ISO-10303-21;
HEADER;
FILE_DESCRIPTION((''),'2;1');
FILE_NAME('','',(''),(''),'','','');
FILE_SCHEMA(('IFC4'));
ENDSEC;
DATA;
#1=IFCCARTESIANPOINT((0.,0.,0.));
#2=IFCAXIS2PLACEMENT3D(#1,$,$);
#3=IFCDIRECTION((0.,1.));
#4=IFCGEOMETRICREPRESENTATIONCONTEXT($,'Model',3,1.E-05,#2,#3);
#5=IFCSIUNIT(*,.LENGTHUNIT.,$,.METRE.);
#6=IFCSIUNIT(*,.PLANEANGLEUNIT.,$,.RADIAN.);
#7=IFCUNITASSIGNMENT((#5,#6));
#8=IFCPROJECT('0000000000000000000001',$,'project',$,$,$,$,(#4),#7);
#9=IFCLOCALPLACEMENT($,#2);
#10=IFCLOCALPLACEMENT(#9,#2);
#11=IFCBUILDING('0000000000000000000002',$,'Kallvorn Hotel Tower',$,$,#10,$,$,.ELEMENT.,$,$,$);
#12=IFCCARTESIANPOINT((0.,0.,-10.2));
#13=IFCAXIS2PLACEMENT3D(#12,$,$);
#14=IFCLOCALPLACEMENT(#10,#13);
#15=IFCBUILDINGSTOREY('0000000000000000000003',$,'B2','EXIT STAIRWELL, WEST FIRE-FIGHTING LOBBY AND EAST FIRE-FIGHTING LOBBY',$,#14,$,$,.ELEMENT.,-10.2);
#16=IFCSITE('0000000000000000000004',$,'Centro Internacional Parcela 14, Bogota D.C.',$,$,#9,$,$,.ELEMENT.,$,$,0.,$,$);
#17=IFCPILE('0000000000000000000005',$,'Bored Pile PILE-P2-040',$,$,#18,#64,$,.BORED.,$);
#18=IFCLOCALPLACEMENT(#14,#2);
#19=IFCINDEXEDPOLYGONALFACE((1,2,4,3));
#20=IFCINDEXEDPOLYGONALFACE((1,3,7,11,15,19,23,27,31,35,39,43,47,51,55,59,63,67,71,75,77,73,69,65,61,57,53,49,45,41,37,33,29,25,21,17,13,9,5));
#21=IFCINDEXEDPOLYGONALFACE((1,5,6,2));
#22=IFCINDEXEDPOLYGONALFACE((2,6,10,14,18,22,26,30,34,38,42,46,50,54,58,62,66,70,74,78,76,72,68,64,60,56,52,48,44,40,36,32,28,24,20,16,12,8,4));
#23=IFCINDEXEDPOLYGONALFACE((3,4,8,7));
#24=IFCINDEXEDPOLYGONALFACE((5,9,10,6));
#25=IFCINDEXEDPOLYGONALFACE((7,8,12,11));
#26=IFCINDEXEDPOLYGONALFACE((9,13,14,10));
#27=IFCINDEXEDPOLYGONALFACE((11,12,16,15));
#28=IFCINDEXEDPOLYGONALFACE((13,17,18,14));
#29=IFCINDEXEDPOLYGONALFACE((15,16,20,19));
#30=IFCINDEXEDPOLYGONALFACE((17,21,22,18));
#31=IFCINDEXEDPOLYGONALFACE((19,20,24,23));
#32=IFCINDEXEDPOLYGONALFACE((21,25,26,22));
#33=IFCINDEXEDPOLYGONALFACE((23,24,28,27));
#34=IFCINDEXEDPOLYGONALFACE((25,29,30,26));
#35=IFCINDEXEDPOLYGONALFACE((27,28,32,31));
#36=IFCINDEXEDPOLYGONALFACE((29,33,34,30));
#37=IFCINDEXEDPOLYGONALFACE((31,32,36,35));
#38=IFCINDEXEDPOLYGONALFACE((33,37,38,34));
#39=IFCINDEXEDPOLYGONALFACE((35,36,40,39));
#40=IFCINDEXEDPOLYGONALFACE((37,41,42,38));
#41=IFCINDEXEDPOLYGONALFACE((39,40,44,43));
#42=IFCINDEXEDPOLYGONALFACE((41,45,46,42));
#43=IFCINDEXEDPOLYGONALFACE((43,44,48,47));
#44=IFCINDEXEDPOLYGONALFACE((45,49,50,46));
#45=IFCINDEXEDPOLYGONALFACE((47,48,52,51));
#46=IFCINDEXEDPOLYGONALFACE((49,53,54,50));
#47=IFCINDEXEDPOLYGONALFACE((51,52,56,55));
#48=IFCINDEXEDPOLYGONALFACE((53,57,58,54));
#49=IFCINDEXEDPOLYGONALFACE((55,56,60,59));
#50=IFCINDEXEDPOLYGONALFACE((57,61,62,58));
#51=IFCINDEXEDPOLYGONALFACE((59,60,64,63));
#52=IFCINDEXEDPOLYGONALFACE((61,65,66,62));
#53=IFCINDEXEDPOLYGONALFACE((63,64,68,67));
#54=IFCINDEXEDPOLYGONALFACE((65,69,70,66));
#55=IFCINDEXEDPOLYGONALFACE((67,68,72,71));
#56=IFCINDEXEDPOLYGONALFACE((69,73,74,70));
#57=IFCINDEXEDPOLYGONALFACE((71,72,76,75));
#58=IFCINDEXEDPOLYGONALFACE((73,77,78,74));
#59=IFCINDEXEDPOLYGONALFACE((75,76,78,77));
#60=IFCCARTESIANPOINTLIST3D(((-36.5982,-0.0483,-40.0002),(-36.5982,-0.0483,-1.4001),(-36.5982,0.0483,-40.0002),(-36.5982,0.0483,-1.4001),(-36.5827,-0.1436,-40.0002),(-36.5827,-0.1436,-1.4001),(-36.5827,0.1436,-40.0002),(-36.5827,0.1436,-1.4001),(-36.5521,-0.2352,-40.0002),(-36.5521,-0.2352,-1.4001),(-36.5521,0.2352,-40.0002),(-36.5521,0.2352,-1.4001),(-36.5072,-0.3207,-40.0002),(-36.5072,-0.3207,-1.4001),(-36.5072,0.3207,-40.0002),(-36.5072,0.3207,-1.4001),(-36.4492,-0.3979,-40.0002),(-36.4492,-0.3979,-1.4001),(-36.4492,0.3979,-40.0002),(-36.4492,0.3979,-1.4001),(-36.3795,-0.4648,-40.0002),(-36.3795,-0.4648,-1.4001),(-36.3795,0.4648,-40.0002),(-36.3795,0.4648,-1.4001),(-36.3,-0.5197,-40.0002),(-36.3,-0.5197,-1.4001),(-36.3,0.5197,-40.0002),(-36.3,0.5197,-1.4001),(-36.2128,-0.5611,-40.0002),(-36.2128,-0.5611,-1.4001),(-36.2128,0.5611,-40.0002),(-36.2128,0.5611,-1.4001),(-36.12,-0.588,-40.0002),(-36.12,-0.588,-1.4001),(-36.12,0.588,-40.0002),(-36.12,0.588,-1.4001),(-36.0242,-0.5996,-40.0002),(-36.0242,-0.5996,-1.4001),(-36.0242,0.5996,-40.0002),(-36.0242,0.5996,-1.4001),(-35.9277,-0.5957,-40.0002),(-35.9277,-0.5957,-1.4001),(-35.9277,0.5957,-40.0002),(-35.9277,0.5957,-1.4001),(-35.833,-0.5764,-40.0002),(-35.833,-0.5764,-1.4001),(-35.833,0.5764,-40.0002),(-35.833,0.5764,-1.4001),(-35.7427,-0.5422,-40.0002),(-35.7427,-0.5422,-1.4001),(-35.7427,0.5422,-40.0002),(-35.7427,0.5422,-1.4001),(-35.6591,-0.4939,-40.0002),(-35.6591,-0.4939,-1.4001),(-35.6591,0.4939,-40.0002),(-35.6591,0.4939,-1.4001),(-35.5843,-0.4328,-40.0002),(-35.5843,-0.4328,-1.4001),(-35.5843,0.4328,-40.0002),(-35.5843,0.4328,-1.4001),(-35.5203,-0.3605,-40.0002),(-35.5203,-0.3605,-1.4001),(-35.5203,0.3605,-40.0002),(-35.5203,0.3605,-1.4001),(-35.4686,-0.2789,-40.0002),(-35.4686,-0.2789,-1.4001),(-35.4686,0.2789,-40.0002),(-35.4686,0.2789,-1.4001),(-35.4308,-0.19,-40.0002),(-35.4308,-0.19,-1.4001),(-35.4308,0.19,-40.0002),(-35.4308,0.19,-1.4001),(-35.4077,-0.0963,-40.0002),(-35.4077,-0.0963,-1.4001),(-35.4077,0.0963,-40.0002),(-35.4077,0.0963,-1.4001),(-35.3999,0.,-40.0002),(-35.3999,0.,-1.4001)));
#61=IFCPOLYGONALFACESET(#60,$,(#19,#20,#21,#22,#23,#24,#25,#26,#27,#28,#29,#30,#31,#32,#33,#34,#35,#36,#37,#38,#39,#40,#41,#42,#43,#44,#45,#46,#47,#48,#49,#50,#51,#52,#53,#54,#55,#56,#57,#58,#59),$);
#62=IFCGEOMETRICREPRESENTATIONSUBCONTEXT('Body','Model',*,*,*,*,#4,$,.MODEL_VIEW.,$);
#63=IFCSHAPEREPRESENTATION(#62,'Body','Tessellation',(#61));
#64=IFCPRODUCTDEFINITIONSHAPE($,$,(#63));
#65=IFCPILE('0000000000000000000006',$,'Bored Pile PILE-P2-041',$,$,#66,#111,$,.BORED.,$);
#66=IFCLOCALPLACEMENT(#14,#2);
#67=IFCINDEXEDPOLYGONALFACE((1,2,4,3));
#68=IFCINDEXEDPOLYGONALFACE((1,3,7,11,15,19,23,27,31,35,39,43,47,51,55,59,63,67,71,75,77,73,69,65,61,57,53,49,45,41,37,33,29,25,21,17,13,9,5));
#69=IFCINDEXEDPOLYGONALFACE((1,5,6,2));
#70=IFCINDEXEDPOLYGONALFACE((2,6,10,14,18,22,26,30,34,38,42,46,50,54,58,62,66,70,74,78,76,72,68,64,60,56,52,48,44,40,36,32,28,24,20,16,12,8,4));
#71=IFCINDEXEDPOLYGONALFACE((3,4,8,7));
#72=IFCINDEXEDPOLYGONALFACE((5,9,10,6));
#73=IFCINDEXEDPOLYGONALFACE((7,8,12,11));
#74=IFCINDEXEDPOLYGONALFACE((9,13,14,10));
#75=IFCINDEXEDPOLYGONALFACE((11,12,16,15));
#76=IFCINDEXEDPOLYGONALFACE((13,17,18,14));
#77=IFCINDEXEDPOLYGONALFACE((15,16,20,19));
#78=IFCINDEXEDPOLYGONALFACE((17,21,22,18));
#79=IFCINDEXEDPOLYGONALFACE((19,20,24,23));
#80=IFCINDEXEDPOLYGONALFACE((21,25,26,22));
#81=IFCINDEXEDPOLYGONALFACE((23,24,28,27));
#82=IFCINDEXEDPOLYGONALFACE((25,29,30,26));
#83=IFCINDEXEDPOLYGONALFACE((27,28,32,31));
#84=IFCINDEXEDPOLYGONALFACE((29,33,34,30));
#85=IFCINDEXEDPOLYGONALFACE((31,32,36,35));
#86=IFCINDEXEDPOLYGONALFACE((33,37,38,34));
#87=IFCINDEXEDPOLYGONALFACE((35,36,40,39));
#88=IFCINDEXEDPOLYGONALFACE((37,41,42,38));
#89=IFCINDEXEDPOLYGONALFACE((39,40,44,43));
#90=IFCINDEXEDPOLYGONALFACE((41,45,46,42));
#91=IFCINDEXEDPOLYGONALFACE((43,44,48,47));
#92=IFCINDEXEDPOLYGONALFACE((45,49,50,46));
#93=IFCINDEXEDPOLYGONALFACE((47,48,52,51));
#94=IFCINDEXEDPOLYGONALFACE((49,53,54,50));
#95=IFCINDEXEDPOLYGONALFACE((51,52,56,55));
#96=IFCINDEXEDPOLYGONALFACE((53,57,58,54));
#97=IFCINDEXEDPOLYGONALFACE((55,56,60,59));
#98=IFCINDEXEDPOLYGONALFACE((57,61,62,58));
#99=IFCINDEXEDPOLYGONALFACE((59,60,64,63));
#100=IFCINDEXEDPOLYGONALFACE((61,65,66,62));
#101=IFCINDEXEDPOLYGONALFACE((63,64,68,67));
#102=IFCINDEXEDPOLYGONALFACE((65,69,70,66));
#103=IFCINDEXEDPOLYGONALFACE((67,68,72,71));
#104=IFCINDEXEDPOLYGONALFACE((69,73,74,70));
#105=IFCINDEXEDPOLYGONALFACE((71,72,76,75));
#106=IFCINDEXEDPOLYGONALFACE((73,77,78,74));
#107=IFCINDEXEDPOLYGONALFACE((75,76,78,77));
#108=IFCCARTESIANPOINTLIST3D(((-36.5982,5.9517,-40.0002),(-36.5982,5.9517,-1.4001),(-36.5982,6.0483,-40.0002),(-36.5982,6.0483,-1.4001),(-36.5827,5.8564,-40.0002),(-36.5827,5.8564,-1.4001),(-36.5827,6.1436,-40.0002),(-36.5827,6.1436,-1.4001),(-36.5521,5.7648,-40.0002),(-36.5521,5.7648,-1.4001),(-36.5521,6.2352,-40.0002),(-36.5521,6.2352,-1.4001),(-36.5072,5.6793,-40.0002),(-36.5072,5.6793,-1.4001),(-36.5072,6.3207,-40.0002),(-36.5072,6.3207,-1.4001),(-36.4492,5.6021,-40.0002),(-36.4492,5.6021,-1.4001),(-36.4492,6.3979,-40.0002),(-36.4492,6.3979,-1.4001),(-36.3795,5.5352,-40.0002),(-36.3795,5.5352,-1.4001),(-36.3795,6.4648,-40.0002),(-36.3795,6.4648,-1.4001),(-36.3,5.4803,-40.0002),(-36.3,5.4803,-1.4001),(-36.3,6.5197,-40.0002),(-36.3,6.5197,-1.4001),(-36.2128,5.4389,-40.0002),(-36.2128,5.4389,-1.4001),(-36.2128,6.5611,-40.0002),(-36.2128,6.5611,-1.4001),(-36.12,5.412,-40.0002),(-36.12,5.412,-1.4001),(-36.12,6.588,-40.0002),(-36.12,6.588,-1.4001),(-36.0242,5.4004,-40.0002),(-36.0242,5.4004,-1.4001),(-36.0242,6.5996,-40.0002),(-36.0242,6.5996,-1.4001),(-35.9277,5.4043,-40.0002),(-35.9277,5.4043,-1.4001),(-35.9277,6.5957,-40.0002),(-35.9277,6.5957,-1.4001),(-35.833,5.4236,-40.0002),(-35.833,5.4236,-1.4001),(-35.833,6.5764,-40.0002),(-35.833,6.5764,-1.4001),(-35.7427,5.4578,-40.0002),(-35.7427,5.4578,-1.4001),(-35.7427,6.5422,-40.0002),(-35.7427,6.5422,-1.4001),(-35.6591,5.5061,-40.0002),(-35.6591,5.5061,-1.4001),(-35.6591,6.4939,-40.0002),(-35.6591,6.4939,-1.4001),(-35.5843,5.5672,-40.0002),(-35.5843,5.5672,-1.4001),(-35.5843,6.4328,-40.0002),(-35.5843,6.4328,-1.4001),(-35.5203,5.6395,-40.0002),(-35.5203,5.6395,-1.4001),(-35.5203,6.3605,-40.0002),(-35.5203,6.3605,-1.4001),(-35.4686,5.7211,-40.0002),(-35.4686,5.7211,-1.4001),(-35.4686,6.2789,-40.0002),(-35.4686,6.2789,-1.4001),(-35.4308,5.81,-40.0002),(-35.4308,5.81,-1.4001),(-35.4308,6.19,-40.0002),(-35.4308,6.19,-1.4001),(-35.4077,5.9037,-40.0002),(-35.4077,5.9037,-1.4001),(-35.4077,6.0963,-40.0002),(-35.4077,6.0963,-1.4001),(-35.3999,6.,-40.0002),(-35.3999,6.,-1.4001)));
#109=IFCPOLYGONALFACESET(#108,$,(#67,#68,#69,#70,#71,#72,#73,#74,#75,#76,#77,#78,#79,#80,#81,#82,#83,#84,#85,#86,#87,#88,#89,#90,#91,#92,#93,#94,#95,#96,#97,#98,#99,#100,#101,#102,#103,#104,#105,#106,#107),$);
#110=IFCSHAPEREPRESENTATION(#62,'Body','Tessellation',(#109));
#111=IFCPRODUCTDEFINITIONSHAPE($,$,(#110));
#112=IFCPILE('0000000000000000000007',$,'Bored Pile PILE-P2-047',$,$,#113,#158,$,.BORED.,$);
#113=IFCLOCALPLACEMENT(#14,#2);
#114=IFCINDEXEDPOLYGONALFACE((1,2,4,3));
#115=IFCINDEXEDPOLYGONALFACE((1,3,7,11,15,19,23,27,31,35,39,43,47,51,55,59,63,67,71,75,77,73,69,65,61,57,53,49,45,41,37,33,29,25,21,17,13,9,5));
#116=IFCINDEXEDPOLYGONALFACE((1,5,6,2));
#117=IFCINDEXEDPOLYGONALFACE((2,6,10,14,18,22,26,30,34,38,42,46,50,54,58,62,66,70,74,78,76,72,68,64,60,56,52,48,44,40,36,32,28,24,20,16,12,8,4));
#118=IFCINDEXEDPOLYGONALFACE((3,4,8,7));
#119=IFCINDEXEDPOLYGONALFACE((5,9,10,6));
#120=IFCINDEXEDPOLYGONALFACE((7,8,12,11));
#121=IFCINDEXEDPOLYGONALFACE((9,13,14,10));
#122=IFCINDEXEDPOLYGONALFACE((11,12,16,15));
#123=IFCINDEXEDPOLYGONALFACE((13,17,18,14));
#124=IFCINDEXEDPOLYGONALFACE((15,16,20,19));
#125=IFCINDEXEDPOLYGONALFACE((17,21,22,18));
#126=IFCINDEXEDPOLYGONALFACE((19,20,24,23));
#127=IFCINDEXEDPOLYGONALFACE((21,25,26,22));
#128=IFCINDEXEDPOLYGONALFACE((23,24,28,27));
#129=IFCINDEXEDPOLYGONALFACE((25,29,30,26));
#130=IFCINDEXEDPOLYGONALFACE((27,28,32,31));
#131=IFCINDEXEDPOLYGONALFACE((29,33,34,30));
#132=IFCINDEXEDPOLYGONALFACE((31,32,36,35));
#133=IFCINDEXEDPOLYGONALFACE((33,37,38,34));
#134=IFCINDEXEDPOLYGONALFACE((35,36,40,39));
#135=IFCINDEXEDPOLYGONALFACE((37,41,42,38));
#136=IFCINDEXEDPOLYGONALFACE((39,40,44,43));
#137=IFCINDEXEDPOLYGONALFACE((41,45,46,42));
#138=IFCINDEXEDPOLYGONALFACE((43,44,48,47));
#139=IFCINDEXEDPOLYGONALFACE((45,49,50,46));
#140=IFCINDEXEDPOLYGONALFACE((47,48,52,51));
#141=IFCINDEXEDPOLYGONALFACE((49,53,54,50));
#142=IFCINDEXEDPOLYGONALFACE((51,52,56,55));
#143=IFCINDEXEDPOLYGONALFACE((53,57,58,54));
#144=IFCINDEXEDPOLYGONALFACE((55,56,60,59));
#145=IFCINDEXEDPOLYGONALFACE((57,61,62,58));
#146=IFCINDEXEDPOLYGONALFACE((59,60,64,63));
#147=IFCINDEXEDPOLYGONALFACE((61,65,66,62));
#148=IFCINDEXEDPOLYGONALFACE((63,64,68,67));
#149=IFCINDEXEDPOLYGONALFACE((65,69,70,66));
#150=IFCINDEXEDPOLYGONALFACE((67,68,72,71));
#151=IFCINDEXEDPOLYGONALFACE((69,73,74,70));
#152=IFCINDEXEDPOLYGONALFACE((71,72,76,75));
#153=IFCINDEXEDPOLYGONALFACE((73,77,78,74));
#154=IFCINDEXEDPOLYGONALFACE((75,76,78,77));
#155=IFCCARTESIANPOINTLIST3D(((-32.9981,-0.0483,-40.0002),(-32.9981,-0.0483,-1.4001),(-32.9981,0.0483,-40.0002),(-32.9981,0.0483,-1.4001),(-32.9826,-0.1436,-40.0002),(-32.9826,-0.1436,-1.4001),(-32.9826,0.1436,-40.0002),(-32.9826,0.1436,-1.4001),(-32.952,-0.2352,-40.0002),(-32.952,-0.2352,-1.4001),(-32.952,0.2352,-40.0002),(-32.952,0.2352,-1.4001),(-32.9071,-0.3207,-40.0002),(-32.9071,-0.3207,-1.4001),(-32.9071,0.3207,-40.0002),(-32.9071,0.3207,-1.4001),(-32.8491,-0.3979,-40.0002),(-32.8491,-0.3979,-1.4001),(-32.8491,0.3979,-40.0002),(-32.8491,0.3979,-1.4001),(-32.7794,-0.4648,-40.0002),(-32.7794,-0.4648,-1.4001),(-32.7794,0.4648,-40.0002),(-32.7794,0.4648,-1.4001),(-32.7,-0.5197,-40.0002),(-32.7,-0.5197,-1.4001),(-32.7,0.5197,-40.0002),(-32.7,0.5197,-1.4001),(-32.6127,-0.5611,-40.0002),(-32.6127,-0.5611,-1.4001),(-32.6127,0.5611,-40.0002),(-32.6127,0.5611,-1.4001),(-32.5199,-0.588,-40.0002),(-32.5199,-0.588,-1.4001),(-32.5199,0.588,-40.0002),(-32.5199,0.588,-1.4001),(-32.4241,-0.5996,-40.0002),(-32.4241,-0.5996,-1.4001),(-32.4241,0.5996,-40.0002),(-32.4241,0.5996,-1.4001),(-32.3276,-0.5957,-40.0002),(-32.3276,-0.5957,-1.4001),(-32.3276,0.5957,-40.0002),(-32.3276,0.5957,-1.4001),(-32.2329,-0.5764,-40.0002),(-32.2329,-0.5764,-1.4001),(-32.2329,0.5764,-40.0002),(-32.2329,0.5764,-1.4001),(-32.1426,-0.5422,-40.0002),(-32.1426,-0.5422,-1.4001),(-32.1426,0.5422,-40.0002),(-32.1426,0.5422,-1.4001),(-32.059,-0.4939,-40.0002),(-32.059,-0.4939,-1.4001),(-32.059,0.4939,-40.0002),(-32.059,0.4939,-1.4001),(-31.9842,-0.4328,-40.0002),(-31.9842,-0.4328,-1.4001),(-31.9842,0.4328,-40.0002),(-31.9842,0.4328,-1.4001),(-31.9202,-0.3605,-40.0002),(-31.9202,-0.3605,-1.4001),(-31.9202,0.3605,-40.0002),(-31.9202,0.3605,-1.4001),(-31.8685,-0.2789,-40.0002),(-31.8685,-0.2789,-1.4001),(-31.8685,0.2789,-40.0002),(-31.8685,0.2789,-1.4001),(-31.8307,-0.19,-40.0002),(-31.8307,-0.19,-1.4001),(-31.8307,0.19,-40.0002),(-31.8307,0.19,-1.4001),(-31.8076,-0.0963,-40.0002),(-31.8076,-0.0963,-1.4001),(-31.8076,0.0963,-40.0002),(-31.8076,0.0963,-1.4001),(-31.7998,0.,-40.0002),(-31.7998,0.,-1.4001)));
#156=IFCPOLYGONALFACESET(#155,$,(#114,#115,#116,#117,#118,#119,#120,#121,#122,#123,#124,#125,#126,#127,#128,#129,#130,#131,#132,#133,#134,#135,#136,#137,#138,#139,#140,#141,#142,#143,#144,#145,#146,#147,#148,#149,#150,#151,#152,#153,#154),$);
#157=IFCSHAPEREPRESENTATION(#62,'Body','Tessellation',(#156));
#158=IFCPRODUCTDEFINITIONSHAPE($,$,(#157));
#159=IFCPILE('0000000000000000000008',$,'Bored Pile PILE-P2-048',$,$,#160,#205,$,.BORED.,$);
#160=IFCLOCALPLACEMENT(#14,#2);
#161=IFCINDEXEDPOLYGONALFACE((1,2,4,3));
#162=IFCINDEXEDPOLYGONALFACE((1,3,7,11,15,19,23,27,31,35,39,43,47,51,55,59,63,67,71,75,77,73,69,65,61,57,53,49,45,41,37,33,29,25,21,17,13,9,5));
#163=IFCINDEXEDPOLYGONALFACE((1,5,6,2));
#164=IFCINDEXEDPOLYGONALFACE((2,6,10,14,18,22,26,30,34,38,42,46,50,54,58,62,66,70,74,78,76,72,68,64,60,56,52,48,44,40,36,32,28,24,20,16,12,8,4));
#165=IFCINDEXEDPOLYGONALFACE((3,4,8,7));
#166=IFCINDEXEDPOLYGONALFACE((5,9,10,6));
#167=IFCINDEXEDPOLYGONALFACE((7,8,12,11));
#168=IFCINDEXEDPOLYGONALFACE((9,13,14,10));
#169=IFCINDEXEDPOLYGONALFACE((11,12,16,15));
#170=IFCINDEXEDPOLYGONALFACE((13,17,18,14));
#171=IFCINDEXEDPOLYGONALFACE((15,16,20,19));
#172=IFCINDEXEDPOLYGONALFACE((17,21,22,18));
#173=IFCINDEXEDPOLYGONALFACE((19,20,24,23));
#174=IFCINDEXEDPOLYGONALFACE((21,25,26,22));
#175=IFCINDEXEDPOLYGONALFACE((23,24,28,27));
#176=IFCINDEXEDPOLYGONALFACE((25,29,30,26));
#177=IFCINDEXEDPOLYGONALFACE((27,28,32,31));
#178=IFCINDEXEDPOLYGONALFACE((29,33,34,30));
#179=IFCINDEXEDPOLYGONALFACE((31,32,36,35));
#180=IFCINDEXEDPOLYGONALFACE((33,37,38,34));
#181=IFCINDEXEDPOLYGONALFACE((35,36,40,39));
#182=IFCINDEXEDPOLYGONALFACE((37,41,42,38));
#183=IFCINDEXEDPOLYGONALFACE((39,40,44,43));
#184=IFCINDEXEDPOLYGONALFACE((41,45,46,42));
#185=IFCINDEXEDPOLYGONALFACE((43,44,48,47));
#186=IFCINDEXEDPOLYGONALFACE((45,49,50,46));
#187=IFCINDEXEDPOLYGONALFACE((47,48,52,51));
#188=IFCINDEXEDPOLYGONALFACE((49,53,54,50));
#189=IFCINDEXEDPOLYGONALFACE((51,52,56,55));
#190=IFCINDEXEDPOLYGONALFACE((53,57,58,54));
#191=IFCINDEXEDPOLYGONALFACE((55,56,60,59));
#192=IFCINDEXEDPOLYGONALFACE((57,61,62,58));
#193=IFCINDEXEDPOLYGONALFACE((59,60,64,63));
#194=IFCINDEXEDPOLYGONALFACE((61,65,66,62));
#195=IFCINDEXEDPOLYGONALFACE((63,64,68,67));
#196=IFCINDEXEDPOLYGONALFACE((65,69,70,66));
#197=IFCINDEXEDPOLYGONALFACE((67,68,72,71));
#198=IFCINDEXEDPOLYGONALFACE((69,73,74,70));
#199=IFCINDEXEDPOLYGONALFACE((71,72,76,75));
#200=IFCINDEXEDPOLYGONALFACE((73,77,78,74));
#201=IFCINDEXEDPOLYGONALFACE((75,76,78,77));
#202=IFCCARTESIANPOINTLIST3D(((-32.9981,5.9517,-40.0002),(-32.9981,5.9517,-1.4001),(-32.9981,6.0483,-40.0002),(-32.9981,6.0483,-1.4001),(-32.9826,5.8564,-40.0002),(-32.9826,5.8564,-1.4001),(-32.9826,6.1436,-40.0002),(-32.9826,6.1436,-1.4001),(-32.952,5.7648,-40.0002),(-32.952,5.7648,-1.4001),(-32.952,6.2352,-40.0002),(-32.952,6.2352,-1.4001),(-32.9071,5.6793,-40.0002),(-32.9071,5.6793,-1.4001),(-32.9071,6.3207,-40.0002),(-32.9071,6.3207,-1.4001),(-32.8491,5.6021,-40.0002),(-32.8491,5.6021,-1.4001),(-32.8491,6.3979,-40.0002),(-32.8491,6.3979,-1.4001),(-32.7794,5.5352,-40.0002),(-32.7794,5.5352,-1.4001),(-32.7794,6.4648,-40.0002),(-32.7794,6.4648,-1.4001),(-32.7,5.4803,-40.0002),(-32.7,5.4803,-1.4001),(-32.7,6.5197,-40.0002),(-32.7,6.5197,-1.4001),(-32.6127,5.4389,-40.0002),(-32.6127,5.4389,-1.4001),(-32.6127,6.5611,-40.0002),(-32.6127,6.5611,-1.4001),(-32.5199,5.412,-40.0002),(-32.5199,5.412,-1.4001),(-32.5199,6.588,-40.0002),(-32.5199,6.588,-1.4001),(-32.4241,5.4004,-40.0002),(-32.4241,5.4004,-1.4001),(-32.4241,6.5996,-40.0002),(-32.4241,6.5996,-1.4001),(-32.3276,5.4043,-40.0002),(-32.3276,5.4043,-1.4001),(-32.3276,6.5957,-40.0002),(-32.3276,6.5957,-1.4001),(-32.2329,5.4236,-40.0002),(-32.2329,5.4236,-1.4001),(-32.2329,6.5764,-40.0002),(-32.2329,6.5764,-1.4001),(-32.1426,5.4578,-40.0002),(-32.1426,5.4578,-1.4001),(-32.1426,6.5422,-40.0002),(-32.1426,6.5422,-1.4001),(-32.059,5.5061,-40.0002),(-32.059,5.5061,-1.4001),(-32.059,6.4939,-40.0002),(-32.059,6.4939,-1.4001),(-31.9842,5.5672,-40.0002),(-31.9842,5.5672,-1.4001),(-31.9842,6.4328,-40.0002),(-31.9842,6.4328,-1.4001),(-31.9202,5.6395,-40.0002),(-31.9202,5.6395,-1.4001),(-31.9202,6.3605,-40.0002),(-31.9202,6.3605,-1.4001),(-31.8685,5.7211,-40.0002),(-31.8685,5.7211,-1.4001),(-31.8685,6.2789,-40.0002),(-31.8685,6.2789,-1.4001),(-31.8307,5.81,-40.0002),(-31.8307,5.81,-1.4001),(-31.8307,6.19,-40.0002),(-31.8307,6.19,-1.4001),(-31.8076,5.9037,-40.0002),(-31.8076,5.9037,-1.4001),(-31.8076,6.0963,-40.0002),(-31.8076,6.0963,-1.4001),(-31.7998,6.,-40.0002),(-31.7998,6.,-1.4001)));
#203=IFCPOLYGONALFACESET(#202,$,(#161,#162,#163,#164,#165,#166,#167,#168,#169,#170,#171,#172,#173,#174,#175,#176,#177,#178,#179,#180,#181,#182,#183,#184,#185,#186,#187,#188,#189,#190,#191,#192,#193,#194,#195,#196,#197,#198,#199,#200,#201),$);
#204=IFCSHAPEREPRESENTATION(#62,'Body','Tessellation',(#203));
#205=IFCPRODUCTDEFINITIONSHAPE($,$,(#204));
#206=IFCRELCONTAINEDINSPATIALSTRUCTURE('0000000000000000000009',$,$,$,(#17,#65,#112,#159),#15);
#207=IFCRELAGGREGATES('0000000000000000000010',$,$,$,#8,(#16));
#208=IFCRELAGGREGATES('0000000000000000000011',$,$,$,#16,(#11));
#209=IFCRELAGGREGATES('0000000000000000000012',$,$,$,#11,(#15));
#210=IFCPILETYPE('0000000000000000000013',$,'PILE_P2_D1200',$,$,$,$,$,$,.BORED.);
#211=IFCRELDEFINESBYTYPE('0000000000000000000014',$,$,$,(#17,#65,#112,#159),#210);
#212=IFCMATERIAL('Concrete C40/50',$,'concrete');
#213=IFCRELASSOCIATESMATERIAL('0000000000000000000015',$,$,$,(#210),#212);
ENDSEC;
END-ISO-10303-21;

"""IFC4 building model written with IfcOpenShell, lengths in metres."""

from ifc_helpers import new_model, si_unit, direction, frame, origin, origin_2d, place, context, subcontext, project, spatial, circle, extrude, material, material_profile, profile_set, type_object, element, save


model = new_model("IFC4")

# Units and contexts
model_context = context("Model", 3, precision=1e-05, world=origin(), true_north=direction((0.0, 1.0)))
body_context = subcontext(model_context, "Body", "Model", "MODEL_VIEW")
ifc_project = project(units=[si_unit("LENGTHUNIT", "METRE"), si_unit("PLANEANGLEUNIT", "RADIAN")], contexts=[model_context])

# Site, building, storey
site_placement = place(None, origin())
site = spatial("IfcSite", under=ifc_project, at=site_placement, Name="Centro Internacional Parcela 14, Bogota D.C.", CompositionType="ELEMENT", RefElevation=0.0)
building_placement = place(site_placement, origin())
building = spatial("IfcBuilding", under=site, at=building_placement, Name="Kallvorn Hotel Tower", CompositionType="ELEMENT")
storey_placement = place(building_placement, frame((0.0, 0.0, -10.2)))
storey = spatial("IfcBuildingStorey", under=building, at=storey_placement, Name="B2", Description="EXIT STAIRWELL, WEST FIRE-FIGHTING LOBBY AND EAST FIRE-FIGHTING LOBBY", CompositionType="ELEMENT", Elevation=-10.2)

# Piles
ifc_material_1 = material(Name="Concrete C40/50", Category="concrete")
ifc_material_profile_1 = material_profile(ifc_material_1, circle(Radius=0.6001, at=origin_2d()), Name="PILE D1200")
ifc_profile_set_1 = profile_set([ifc_material_profile_1], Name="Concrete C40/50")
pile_type = type_object("IfcPileType", Name="PILE_P2_D1200", PredefinedType="BORED", material=ifc_profile_set_1)
for number, where, z_axis, x_axis, name in (
    (1, (-36.0, 0.0, -1.4001), (0.0, 0.0, -1.0), (1.0, 0.0, 0.0), "Bored Pile PILE-P2-040"),
    (2, (-36.0, 6.0, -1.4001), (0.0, 0.0, -1.0), (1.0, 0.0, 0.0), "Bored Pile PILE-P2-041"),
    (3, (-32.3999, 0.0, -1.4001), (0.0, 0.0, -1.0), (1.0, 0.0, 0.0), "Bored Pile PILE-P2-047"),
    (4, (-32.3999, 6.0, -1.4001), (0.0, 0.0, -1.0), (1.0, 0.0, 0.0), "Bored Pile PILE-P2-048"),
):
    element("IfcPile", number, at=place(storey_placement, frame(where, z_axis=z_axis, x_axis=x_axis)), inside=storey, type_object=pile_type, Name=name, PredefinedType="BORED", context=body_context, shape_type="SweptSolid", body=[
        extrude(circle(Radius=0.6001, at=origin_2d()), origin(), (0.0, 0.0, 1.0), 38.6001),
    ])

save(model, "model.ifc")
